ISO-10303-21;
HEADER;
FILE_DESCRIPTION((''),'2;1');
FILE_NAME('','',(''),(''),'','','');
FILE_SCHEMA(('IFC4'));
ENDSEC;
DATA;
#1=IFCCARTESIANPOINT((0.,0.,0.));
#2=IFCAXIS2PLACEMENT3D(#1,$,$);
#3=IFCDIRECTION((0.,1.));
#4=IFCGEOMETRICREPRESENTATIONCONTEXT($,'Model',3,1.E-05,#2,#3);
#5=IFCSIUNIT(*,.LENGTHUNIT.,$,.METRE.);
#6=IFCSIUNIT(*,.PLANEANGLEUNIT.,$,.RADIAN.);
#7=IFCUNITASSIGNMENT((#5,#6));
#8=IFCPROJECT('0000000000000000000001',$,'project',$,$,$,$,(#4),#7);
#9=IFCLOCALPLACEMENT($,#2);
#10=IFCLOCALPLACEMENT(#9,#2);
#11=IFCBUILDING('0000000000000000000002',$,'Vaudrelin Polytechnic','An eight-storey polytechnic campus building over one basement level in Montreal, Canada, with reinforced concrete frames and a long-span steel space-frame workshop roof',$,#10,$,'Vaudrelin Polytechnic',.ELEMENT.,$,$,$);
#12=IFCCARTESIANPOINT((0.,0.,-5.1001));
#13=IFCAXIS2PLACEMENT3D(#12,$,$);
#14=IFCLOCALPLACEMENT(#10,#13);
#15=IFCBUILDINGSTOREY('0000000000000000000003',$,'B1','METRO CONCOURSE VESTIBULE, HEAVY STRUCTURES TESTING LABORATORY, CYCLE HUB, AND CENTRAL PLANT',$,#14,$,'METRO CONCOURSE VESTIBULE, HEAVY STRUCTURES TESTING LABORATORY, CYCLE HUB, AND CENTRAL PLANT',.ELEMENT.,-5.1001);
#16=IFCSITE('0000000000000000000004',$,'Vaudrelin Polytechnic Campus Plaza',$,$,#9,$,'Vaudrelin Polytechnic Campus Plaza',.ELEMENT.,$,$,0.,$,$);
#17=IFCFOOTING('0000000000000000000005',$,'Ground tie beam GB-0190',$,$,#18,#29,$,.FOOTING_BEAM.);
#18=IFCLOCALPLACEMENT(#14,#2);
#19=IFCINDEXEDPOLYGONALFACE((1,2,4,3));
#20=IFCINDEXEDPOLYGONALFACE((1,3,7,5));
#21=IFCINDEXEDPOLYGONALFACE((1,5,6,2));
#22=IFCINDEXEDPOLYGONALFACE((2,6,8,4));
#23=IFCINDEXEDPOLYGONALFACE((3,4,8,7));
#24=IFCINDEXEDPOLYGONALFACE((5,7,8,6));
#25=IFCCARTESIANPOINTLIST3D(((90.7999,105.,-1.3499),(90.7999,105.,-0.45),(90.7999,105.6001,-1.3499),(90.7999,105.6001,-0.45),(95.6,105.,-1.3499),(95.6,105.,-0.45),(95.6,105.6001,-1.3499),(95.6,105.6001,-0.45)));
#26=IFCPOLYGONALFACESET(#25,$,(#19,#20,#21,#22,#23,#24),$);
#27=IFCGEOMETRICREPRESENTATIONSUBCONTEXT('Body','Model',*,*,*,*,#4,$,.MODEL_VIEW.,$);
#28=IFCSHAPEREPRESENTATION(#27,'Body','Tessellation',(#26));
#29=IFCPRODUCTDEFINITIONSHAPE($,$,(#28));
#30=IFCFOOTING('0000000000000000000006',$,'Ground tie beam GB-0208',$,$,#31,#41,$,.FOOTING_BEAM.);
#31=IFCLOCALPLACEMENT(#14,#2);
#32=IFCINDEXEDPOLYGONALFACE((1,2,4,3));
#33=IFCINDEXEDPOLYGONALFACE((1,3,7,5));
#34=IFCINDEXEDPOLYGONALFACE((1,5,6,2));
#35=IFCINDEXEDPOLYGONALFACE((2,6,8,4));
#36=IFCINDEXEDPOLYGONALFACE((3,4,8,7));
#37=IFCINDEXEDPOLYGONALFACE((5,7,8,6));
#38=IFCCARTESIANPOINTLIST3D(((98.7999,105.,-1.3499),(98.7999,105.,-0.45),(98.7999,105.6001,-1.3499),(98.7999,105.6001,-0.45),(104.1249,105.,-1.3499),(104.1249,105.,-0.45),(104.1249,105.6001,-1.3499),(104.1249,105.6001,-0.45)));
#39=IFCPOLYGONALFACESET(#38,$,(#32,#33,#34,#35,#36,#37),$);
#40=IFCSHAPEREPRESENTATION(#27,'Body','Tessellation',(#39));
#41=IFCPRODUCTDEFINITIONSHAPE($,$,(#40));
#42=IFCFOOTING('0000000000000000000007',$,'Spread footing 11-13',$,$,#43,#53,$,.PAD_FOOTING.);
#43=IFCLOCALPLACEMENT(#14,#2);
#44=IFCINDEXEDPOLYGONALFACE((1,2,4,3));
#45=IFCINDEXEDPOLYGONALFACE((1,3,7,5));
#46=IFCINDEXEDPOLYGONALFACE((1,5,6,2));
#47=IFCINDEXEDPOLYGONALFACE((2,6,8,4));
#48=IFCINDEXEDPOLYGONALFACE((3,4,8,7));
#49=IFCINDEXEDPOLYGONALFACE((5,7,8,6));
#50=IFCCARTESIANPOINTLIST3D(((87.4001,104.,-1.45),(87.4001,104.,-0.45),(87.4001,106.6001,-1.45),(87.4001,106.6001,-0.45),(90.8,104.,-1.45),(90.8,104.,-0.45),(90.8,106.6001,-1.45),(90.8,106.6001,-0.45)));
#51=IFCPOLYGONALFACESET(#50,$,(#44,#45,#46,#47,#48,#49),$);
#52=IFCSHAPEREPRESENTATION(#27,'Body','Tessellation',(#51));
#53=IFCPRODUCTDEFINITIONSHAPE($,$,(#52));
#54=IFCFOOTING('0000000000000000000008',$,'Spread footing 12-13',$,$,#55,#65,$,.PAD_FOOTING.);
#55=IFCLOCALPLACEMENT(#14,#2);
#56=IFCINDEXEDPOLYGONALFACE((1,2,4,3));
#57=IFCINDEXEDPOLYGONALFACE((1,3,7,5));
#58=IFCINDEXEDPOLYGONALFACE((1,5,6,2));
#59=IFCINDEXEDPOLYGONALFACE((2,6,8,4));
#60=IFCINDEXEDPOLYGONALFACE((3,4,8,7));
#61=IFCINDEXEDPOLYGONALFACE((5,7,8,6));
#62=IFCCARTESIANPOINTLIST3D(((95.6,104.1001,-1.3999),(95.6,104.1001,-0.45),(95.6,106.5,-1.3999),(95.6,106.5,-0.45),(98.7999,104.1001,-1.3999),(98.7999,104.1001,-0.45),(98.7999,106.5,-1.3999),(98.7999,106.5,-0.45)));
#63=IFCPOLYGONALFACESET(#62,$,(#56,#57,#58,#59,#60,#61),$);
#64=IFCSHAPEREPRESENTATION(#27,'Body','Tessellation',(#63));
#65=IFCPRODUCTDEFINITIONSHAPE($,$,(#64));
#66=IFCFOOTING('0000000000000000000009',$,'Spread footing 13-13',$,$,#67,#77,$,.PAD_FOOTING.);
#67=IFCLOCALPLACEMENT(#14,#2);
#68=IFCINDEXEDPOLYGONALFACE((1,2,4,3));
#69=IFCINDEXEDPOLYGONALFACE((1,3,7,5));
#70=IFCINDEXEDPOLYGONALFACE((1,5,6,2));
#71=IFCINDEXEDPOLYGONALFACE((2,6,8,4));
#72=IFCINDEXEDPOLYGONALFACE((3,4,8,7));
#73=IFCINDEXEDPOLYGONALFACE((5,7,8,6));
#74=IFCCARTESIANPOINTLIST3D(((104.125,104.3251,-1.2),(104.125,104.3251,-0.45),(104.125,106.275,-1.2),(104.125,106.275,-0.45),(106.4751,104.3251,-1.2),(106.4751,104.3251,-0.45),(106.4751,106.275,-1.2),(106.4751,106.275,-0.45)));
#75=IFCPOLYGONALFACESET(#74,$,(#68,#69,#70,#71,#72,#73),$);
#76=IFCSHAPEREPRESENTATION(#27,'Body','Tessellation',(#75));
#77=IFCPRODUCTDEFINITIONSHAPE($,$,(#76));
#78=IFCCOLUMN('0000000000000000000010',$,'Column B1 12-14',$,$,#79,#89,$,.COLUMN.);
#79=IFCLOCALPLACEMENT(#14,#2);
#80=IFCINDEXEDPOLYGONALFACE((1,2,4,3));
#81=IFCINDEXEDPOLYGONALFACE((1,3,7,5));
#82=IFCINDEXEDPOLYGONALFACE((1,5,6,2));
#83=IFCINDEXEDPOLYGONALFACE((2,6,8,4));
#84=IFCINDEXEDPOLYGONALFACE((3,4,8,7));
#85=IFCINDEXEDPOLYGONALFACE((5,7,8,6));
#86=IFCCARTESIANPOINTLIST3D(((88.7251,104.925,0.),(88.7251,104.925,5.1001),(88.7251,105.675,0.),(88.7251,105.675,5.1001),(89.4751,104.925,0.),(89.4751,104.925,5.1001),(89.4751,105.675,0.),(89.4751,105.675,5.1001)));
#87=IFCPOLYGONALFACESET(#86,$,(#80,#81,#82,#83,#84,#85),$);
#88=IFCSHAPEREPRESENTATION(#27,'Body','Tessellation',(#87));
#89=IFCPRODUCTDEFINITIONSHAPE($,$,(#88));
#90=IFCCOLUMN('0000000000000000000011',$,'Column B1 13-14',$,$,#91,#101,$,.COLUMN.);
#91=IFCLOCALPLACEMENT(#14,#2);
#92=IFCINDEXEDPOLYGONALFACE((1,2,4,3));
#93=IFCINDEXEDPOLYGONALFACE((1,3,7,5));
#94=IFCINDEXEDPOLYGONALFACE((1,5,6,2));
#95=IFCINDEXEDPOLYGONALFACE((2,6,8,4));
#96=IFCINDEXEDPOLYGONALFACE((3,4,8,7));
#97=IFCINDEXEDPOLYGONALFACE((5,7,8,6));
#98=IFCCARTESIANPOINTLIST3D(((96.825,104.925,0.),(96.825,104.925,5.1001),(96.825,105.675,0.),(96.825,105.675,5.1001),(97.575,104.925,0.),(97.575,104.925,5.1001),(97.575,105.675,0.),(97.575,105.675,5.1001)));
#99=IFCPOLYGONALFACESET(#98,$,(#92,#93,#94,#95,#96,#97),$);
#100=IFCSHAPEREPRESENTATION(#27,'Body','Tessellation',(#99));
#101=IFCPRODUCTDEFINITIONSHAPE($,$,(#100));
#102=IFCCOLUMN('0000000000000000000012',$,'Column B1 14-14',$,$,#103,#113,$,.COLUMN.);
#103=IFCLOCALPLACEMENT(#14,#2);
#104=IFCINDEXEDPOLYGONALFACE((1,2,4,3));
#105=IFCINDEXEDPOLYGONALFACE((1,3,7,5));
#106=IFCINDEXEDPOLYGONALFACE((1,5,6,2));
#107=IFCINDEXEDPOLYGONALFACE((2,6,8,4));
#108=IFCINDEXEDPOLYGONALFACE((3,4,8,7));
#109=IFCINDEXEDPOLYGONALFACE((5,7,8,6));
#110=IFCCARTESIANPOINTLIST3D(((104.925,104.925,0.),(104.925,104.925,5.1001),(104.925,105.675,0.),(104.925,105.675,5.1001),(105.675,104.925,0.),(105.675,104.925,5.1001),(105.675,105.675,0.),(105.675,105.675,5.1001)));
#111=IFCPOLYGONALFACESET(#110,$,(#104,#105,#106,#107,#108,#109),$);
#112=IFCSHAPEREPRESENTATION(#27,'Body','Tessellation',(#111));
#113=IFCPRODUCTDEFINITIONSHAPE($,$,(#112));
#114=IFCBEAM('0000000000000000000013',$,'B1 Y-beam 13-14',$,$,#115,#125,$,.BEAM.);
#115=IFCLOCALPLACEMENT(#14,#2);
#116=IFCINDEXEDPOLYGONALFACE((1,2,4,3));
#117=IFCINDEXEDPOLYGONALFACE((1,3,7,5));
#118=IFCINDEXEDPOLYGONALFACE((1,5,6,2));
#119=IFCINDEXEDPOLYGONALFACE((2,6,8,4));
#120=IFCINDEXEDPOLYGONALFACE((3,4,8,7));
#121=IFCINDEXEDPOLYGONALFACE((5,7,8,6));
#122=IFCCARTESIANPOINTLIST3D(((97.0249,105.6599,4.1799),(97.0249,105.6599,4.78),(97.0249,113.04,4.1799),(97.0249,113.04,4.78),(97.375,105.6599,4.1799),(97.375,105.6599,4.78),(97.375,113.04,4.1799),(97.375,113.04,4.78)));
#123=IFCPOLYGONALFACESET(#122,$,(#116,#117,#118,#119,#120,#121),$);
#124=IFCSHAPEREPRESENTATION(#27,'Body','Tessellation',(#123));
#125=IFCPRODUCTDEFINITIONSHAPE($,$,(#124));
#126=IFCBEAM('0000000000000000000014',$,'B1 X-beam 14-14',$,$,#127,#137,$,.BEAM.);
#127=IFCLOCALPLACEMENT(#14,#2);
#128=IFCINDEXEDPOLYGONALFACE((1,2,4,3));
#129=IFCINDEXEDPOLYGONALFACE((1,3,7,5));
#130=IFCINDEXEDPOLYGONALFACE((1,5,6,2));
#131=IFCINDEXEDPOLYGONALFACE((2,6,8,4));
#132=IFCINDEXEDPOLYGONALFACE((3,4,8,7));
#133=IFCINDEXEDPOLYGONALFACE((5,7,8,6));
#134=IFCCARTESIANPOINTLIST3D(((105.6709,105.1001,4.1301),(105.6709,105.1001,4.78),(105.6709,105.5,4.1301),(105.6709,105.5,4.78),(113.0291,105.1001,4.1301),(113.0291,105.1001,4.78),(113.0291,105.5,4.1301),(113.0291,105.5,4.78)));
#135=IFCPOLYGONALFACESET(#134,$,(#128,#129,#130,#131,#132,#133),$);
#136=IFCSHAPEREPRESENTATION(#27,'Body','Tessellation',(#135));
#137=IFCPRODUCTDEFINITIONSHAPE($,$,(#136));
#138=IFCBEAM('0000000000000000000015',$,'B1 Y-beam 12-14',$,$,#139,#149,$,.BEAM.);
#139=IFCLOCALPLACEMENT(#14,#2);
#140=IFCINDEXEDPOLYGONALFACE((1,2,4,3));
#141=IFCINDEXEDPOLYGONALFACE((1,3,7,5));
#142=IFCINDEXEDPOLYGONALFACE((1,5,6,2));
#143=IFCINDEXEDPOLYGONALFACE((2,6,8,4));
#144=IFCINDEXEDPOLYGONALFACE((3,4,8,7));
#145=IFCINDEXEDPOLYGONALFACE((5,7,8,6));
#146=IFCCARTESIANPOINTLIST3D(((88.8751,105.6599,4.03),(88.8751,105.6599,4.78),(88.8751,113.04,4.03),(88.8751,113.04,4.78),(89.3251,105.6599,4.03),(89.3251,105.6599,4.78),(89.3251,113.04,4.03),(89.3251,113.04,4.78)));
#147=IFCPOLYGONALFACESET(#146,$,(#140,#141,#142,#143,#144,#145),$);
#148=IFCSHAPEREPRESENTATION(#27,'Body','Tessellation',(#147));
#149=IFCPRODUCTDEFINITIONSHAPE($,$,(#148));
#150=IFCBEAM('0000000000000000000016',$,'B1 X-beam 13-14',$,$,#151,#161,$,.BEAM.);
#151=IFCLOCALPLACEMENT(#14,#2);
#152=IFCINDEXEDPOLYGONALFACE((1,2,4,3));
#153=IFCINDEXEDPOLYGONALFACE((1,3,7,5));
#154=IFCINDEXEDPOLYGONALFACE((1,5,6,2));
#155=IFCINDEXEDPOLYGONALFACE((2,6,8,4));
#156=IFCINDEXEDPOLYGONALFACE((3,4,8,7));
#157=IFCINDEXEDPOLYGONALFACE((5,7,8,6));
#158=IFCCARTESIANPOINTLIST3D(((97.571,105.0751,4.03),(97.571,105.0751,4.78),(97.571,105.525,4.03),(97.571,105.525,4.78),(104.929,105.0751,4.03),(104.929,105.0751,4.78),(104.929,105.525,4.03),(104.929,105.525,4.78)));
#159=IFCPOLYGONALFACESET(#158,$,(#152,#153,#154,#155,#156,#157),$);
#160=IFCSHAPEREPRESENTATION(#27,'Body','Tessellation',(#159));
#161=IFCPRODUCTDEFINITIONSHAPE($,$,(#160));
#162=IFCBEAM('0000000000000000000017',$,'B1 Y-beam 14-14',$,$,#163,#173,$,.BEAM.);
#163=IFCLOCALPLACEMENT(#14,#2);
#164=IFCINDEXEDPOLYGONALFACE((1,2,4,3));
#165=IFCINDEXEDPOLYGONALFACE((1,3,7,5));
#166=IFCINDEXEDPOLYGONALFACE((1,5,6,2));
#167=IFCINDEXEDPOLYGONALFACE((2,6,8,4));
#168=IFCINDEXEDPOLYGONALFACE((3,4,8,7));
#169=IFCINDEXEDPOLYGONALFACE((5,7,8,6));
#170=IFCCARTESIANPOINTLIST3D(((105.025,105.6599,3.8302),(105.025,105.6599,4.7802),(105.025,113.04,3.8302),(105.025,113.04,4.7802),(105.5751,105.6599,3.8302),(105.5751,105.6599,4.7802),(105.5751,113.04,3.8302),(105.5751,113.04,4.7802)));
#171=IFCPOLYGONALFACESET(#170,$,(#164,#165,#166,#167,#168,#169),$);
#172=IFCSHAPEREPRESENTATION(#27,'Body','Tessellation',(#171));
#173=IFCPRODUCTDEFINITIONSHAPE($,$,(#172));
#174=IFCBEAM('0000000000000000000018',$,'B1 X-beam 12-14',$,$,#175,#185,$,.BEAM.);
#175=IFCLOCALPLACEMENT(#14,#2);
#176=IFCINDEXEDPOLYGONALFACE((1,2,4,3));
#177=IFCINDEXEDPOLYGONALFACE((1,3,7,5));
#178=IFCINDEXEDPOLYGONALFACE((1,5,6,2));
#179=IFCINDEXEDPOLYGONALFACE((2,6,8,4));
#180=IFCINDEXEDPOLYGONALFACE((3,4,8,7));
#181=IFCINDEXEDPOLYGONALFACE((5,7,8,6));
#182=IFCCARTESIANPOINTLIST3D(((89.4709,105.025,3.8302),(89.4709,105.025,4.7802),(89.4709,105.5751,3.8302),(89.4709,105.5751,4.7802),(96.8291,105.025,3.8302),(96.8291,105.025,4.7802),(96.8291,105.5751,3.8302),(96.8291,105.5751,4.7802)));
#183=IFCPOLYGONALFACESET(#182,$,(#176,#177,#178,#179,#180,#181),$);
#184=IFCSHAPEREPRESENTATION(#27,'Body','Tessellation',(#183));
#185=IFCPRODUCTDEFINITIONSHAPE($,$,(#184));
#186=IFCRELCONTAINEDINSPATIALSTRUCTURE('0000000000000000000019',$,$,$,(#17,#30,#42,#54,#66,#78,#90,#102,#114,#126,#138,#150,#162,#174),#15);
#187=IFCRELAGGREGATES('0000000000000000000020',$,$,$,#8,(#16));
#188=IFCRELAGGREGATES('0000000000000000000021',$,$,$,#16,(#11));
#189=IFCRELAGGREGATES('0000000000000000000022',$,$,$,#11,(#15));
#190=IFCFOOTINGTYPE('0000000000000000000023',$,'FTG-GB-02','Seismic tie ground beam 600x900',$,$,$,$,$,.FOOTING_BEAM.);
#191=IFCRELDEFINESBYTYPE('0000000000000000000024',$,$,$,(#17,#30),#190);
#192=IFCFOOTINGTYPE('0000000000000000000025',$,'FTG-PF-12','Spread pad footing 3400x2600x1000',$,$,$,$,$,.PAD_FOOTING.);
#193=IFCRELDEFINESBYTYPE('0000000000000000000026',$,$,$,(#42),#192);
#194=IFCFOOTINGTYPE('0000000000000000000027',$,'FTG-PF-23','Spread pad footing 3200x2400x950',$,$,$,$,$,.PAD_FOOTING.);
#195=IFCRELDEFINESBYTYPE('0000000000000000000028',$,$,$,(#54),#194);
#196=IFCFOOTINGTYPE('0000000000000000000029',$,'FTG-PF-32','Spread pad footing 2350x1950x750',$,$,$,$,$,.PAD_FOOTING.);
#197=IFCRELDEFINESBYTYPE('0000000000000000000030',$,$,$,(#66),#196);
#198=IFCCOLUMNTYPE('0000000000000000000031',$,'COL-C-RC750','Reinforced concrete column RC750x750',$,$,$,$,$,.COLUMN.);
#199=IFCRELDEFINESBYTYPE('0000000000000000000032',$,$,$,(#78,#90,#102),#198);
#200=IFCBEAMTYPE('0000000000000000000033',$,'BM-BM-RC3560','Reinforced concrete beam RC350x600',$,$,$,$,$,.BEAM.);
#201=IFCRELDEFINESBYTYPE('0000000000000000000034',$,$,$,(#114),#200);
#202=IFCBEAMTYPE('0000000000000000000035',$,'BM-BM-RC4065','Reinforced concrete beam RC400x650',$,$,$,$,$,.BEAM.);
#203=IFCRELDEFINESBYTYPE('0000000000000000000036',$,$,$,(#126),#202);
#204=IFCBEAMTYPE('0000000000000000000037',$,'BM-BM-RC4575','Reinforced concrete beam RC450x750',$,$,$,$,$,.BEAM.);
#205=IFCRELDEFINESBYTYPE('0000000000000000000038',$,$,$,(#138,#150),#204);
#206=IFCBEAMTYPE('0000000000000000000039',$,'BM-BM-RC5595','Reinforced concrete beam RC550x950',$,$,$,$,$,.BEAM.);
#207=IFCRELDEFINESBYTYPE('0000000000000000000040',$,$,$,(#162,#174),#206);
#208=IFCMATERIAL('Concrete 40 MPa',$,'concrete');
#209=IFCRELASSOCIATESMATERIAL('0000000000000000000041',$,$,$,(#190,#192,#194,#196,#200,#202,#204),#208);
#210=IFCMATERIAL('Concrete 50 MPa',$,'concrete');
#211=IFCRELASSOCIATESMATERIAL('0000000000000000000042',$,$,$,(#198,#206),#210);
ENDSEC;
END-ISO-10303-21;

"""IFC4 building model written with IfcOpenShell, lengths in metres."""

from ifc_helpers import new_model, si_unit, direction, frame, origin, origin_2d, place, context, subcontext, project, spatial, rectangle, extrude, material, material_profile, profile_set, type_object, element, save


model = new_model("IFC4")

# Units and contexts
model_context = context("Model", 3, precision=1e-05, world=origin(), true_north=direction((0.0, 1.0)))
body_context = subcontext(model_context, "Body", "Model", "MODEL_VIEW")
ifc_project = project(units=[si_unit("LENGTHUNIT", "METRE"), si_unit("PLANEANGLEUNIT", "RADIAN")], contexts=[model_context])

# Site, building, storey
site_placement = place(None, origin())
site = spatial("IfcSite", under=ifc_project, at=site_placement, Name="Vaudrelin Polytechnic Campus Plaza", LongName="Vaudrelin Polytechnic Campus Plaza", CompositionType="ELEMENT", RefElevation=0.0)
building_placement = place(site_placement, origin())
building = spatial("IfcBuilding", under=site, at=building_placement, Name="Vaudrelin Polytechnic", Description="An eight-storey polytechnic campus building over one basement level in Montreal, Canada, with reinforced concrete frames and a long-span steel space-frame workshop roof", LongName="Vaudrelin Polytechnic", CompositionType="ELEMENT")
storey_placement = place(building_placement, frame((0.0, 0.0, -5.1001)))
storey = spatial("IfcBuildingStorey", under=building, at=storey_placement, Name="B1", Description="METRO CONCOURSE VESTIBULE, HEAVY STRUCTURES TESTING LABORATORY, CYCLE HUB, AND CENTRAL PLANT", LongName="METRO CONCOURSE VESTIBULE, HEAVY STRUCTURES TESTING LABORATORY, CYCLE HUB, AND CENTRAL PLANT", CompositionType="ELEMENT", Elevation=-5.1001)

# Footings
ifc_material_1 = material(Name="Concrete 40 MPa", Category="concrete")
footing_type_1 = type_object("IfcFootingType", Name="FTG-GB-02", Description="Seismic tie ground beam 600x900", PredefinedType="FOOTING_BEAM", material=ifc_material_1)
footing_1_placement = place(storey_placement, frame((93.2, 105.3, -1.3499), z_axis=(0.0, 0.0, 1.0), x_axis=(1.0, 0.0, 0.0)))
element("IfcFooting", 1, at=footing_1_placement, inside=storey, type_object=footing_type_1, Name="Ground tie beam GB-0190", PredefinedType="FOOTING_BEAM", context=body_context, shape_type="SweptSolid", body=[
    extrude(rectangle(XDim=4.8, YDim=0.6001, at=origin_2d()), origin(), (0.0, 0.0, 1.0), 0.8999),
])
footing_2_placement = place(storey_placement, frame((101.4624, 105.3, -1.3499), z_axis=(0.0, 0.0, 1.0), x_axis=(1.0, 0.0, 0.0)))
element("IfcFooting", 2, at=footing_2_placement, inside=storey, type_object=footing_type_1, Name="Ground tie beam GB-0208", PredefinedType="FOOTING_BEAM", context=body_context, shape_type="SweptSolid", body=[
    extrude(rectangle(XDim=5.325, YDim=0.6001, at=origin_2d()), origin(), (0.0, 0.0, 1.0), 0.8999),
])
footing_type_2 = type_object("IfcFootingType", Name="FTG-PF-12", Description="Spread pad footing 3400x2600x1000", PredefinedType="PAD_FOOTING", material=ifc_material_1)
footing_3_placement = place(storey_placement, frame((89.1001, 105.3, -1.45), z_axis=(0.0, 0.0, 1.0), x_axis=(1.0, 0.0, 0.0)))
element("IfcFooting", 3, at=footing_3_placement, inside=storey, type_object=footing_type_2, Name="Spread footing 11-13", PredefinedType="PAD_FOOTING", context=body_context, shape_type="SweptSolid", body=[
    extrude(rectangle(XDim=3.3999, YDim=2.6001, at=origin_2d()), origin(), (0.0, 0.0, 1.0), 1.0),
])
footing_type_3 = type_object("IfcFootingType", Name="FTG-PF-23", Description="Spread pad footing 3200x2400x950", PredefinedType="PAD_FOOTING", material=ifc_material_1)
footing_4_placement = place(storey_placement, frame((97.2, 105.3, -1.3999), z_axis=(0.0, 0.0, 1.0), x_axis=(1.0, 0.0, 0.0)))
element("IfcFooting", 4, at=footing_4_placement, inside=storey, type_object=footing_type_3, Name="Spread footing 12-13", PredefinedType="PAD_FOOTING", context=body_context, shape_type="SweptSolid", body=[
    extrude(rectangle(XDim=3.2, YDim=2.3999, at=origin_2d()), origin(), (0.0, 0.0, 1.0), 0.95),
])
footing_type_4 = type_object("IfcFootingType", Name="FTG-PF-32", Description="Spread pad footing 2350x1950x750", PredefinedType="PAD_FOOTING", material=ifc_material_1)
footing_5_placement = place(storey_placement, frame((105.3, 105.3, -1.2), z_axis=(0.0, 0.0, 1.0), x_axis=(1.0, 0.0, 0.0)))
element("IfcFooting", 5, at=footing_5_placement, inside=storey, type_object=footing_type_4, Name="Spread footing 13-13", PredefinedType="PAD_FOOTING", context=body_context, shape_type="SweptSolid", body=[
    extrude(rectangle(XDim=2.3501, YDim=1.95, at=origin_2d()), origin(), (0.0, 0.0, 1.0), 0.75),
])

# Columns
ifc_material_2 = material(Name="Concrete 50 MPa", Category="concrete")
ifc_material_profile_1 = material_profile(ifc_material_2, rectangle(XDim=0.75, YDim=0.75, at=origin_2d()), Name="RC750x750")
ifc_profile_set_1 = profile_set([ifc_material_profile_1], Name="Concrete 50 MPa")
column_type = type_object("IfcColumnType", Name="COL-C-RC750", Description="Reinforced concrete column RC750x750", PredefinedType="COLUMN", material=ifc_profile_set_1)
for number, where, z_axis, x_axis, name in (
    (6, (89.1001, 105.3, 0.0), (0.0, 0.0, 1.0), (1.0, 0.0, 0.0), "Column B1 12-14"),
    (7, (97.2, 105.3, 0.0), (0.0, 0.0, 1.0), (1.0, 0.0, 0.0), "Column B1 13-14"),
    (8, (105.3, 105.3, 0.0), (0.0, 0.0, 1.0), (1.0, 0.0, 0.0), "Column B1 14-14"),
):
    element("IfcColumn", number, at=place(storey_placement, frame(where, z_axis=z_axis, x_axis=x_axis)), inside=storey, type_object=column_type, Name=name, PredefinedType="COLUMN", context=body_context, shape_type="SweptSolid", body=[
        extrude(rectangle(XDim=0.75, YDim=0.75, at=origin_2d()), origin(), (0.0, 0.0, 1.0), 5.1001),
    ])

# Beams
ifc_material_profile_2 = material_profile(ifc_material_1, rectangle(XDim=0.3501, YDim=0.6001, at=origin_2d()), Name="RC350x600")
ifc_profile_set_2 = profile_set([ifc_material_profile_2], Name="Concrete 40 MPa")
beam_type_1 = type_object("IfcBeamType", Name="BM-BM-RC3560", Description="Reinforced concrete beam RC350x600", PredefinedType="BEAM", material=ifc_profile_set_2)
beam_1_placement = place(storey_placement, frame((97.2, 105.6599, 4.48), z_axis=(0.0, 1.0, 0.0), x_axis=(-1.0, 0.0, 0.0)))
element("IfcBeam", 9, at=beam_1_placement, inside=storey, type_object=beam_type_1, Name="B1 Y-beam 13-14", PredefinedType="BEAM", context=body_context, shape_type="SweptSolid", body=[
    extrude(rectangle(XDim=0.3501, YDim=0.6001, at=origin_2d()), origin(), (0.0, 0.0, 1.0), 7.3801),
])
ifc_material_profile_3 = material_profile(ifc_material_1, rectangle(XDim=0.3999, YDim=0.6499, at=origin_2d()), Name="RC400x650")
ifc_profile_set_3 = profile_set([ifc_material_profile_3], Name="Concrete 40 MPa")
beam_type_2 = type_object("IfcBeamType", Name="BM-BM-RC4065", Description="Reinforced concrete beam RC400x650", PredefinedType="BEAM", material=ifc_profile_set_3)
beam_2_placement = place(storey_placement, frame((105.6709, 105.3, 4.4551), z_axis=(1.0, 0.0, 0.0), x_axis=(0.0, 1.0, 0.0)))
element("IfcBeam", 10, at=beam_2_placement, inside=storey, type_object=beam_type_2, Name="B1 X-beam 14-14", PredefinedType="BEAM", context=body_context, shape_type="SweptSolid", body=[
    extrude(rectangle(XDim=0.3999, YDim=0.6499, at=origin_2d()), origin(), (0.0, 0.0, 1.0), 7.3582),
])
ifc_material_profile_4 = material_profile(ifc_material_1, rectangle(XDim=0.45, YDim=0.75, at=origin_2d()), Name="RC450x750")
ifc_profile_set_4 = profile_set([ifc_material_profile_4], Name="Concrete 40 MPa")
beam_type_3 = type_object("IfcBeamType", Name="BM-BM-RC4575", Description="Reinforced concrete beam RC450x750", PredefinedType="BEAM", material=ifc_profile_set_4)
beam_3_placement = place(storey_placement, frame((89.1001, 105.6599, 4.405), z_axis=(0.0, 1.0, 0.0), x_axis=(-1.0, 0.0, 0.0)))
element("IfcBeam", 11, at=beam_3_placement, inside=storey, type_object=beam_type_3, Name="B1 Y-beam 12-14", PredefinedType="BEAM", context=body_context, shape_type="SweptSolid", body=[
    extrude(rectangle(XDim=0.45, YDim=0.75, at=origin_2d()), origin(), (0.0, 0.0, 1.0), 7.3801),
])
beam_4_placement = place(storey_placement, frame((97.571, 105.3, 4.405), z_axis=(1.0, 0.0, 0.0), x_axis=(0.0, 1.0, 0.0)))
element("IfcBeam", 12, at=beam_4_placement, inside=storey, type_object=beam_type_3, Name="B1 X-beam 13-14", PredefinedType="BEAM", context=body_context, shape_type="SweptSolid", body=[
    extrude(rectangle(XDim=0.45, YDim=0.75, at=origin_2d()), origin(), (0.0, 0.0, 1.0), 7.3579),
])
ifc_material_profile_5 = material_profile(ifc_material_2, rectangle(XDim=0.55, YDim=0.95, at=origin_2d()), Name="RC550x950")
ifc_profile_set_5 = profile_set([ifc_material_profile_5], Name="Concrete 50 MPa")
beam_type_4 = type_object("IfcBeamType", Name="BM-BM-RC5595", Description="Reinforced concrete beam RC550x950", PredefinedType="BEAM", material=ifc_profile_set_5)
beam_5_placement = place(storey_placement, frame((105.3, 105.6599, 4.3052), z_axis=(0.0, 1.0, 0.0), x_axis=(-1.0, 0.0, 0.0)))
element("IfcBeam", 13, at=beam_5_placement, inside=storey, type_object=beam_type_4, Name="B1 Y-beam 14-14", PredefinedType="BEAM", context=body_context, shape_type="SweptSolid", body=[
    extrude(rectangle(XDim=0.55, YDim=0.95, at=origin_2d()), origin(), (0.0, 0.0, 1.0), 7.3801),
])
beam_6_placement = place(storey_placement, frame((89.4709, 105.3, 4.3052), z_axis=(1.0, 0.0, 0.0), x_axis=(0.0, 1.0, 0.0)))
element("IfcBeam", 14, at=beam_6_placement, inside=storey, type_object=beam_type_4, Name="B1 X-beam 12-14", PredefinedType="BEAM", context=body_context, shape_type="SweptSolid", body=[
    extrude(rectangle(XDim=0.55, YDim=0.95, at=origin_2d()), origin(), (0.0, 0.0, 1.0), 7.3582),
])

save(model, "model.ifc")
